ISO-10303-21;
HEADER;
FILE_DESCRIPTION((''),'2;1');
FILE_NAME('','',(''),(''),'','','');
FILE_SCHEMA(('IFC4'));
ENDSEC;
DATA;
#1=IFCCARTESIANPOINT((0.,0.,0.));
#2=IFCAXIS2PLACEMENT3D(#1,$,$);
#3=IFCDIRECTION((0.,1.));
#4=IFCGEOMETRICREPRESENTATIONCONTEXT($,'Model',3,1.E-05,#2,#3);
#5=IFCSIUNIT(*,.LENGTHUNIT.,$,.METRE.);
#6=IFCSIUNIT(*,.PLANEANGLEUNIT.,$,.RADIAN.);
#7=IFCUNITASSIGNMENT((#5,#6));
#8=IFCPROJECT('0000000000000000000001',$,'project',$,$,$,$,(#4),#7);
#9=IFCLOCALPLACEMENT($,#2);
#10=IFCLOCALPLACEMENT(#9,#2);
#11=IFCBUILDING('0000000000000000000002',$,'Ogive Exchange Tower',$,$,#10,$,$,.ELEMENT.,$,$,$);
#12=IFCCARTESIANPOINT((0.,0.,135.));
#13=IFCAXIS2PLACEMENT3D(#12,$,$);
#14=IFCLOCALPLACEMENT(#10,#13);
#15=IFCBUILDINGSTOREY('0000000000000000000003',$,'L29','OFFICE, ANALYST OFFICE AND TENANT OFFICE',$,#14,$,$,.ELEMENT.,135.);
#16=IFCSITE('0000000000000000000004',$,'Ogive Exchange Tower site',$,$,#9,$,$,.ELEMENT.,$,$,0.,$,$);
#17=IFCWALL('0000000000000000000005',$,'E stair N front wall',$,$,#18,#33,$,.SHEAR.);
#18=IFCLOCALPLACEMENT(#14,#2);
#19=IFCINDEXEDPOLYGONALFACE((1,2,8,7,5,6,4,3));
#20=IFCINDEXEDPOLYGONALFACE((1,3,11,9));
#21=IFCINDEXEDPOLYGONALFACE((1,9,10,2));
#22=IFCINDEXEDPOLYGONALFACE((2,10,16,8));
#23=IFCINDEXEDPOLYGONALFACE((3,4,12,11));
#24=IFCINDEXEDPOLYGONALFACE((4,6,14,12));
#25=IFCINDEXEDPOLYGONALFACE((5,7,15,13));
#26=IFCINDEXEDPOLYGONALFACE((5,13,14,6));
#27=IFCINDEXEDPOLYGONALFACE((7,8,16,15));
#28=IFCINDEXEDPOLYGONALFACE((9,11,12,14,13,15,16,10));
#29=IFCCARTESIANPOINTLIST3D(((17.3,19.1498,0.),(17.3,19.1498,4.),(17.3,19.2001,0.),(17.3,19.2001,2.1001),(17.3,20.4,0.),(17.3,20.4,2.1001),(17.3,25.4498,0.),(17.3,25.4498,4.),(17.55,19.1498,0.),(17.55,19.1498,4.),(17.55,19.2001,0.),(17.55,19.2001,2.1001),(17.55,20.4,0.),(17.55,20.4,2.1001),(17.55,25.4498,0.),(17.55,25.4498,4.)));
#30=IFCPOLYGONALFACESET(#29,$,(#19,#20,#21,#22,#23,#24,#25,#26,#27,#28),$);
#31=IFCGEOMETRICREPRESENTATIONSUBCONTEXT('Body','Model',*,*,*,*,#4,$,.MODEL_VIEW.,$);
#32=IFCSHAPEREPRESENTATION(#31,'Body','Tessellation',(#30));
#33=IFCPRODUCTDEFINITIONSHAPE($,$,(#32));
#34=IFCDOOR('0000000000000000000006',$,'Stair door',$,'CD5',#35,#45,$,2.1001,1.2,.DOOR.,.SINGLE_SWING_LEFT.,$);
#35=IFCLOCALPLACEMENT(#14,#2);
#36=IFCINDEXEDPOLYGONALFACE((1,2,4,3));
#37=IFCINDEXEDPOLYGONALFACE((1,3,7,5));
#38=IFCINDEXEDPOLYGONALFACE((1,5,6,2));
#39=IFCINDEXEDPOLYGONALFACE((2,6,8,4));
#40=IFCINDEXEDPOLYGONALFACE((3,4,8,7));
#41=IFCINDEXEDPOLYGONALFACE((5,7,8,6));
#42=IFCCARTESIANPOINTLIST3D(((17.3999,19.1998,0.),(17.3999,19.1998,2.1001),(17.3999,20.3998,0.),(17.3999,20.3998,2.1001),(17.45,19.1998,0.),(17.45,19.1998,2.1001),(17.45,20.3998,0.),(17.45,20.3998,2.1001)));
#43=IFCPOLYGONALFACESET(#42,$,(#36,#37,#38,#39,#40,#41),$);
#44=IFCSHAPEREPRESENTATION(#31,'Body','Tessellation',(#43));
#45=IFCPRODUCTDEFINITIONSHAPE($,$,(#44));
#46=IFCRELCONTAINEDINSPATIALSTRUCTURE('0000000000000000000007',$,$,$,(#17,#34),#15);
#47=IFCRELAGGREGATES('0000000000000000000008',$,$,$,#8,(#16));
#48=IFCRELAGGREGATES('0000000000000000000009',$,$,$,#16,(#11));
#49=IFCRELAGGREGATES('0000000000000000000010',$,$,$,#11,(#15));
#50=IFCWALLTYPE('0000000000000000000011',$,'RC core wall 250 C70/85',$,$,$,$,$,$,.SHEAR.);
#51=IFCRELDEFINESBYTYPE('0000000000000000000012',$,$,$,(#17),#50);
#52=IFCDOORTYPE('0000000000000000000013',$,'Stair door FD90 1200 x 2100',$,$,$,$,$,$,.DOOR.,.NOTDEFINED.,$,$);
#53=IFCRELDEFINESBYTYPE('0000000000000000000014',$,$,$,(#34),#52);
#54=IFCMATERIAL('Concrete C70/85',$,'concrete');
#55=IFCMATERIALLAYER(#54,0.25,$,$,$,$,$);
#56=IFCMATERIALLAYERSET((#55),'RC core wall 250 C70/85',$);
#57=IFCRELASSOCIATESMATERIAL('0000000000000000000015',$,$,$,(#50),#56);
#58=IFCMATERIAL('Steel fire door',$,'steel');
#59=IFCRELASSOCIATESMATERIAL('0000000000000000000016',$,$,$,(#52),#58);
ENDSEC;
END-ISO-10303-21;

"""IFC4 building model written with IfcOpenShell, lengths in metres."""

from ifc_helpers import new_model, si_unit, direction, frame, frame_2d, origin, place, context, subcontext, project, spatial, rectangle, extrude, material, layer, layer_set, type_object, element, fill, save


model = new_model("IFC4")

# Units and contexts
model_context = context("Model", 3, precision=1e-05, world=origin(), true_north=direction((0.0, 1.0)))
body_context = subcontext(model_context, "Body", "Model", "MODEL_VIEW")
ifc_project = project(units=[si_unit("LENGTHUNIT", "METRE"), si_unit("PLANEANGLEUNIT", "RADIAN")], contexts=[model_context])

# Site, building, storey
site_placement = place(None, origin())
site = spatial("IfcSite", under=ifc_project, at=site_placement, Name="Ogive Exchange Tower site", CompositionType="ELEMENT", RefElevation=0.0)
building_placement = place(site_placement, origin())
building = spatial("IfcBuilding", under=site, at=building_placement, Name="Ogive Exchange Tower", CompositionType="ELEMENT")
storey_placement = place(building_placement, frame((0.0, 0.0, 135.0)))
storey = spatial("IfcBuildingStorey", under=building, at=storey_placement, Name="L29", Description="OFFICE, ANALYST OFFICE AND TENANT OFFICE", CompositionType="ELEMENT", Elevation=135.0)

# Wall, opening, door
ifc_material_1 = material(Name="Concrete C70/85", Category="concrete")
ifc_material_2 = material(Name="Steel fire door", Category="steel")
ifc_layer_1 = layer(ifc_material_1, 0.25)
ifc_layer_set_1 = layer_set([ifc_layer_1], Name="RC core wall 250 C70/85")
wall_type_1 = type_object("IfcWallType", Name="RC core wall 250 C70/85", PredefinedType="SHEAR", material=ifc_layer_set_1)
wall_1_placement = place(storey_placement, frame((17.425, 19.1499, 0.0), z_axis=(0.0, 0.0, 1.0), x_axis=(0.0, 1.0, 0.0)))
wall_1 = element("IfcWall", 1, at=wall_1_placement, inside=storey, type_object=wall_type_1, Name="E stair N front wall", PredefinedType="SHEAR", context=body_context, shape_type="SweptSolid", body=[
    extrude(rectangle(XDim=6.3, YDim=0.25, at=frame_2d((3.1499, 0.0))), origin(), (0.0, 0.0, 1.0), 4.0),
])
opening_1_placement = place(wall_1_placement, frame((0.05, 0.0, 0.0)))
opening_1 = element("IfcOpeningElement", 2, at=opening_1_placement, cuts=wall_1, PredefinedType="OPENING", context=body_context, shape_type="SweptSolid", body=[
    extrude(rectangle(XDim=1.2, YDim=2.1001, at=frame_2d((0.6001, 1.05))), frame((0.0, 0.135, 0.0), z_axis=(0.0, -1.0, 0.0), x_axis=(1.0, 0.0, 0.0)), (0.0, 0.0, 1.0), 0.27),
])
door_type_1 = type_object("IfcDoorType", Name="Stair door FD90 1200 x 2100", OperationType="NOTDEFINED", PredefinedType="DOOR", material=ifc_material_2)
door_1_placement = place(opening_1_placement, frame((1.2, 0.0, 0.0), z_axis=(0.0, 0.0, 1.0), x_axis=(-1.0, 0.0, 0.0)))
door_1 = element("IfcDoor", 3, at=door_1_placement, inside=storey, type_object=door_type_1, Name="Stair door", ObjectType="CD5", OperationType="SINGLE_SWING_LEFT", OverallHeight=2.1001, OverallWidth=1.2, PredefinedType="DOOR", context=body_context, shape_type="SweptSolid", body=[
    extrude(rectangle(XDim=1.2, YDim=2.1001, at=frame_2d((0.6001, 1.05))), frame((0.0, 0.0249, 0.0), z_axis=(0.0, -1.0, 0.0), x_axis=(1.0, 0.0, 0.0)), (0.0, 0.0, 1.0), 0.05),
])
fill(opening_1, door_1)

save(model, "model.ifc")
